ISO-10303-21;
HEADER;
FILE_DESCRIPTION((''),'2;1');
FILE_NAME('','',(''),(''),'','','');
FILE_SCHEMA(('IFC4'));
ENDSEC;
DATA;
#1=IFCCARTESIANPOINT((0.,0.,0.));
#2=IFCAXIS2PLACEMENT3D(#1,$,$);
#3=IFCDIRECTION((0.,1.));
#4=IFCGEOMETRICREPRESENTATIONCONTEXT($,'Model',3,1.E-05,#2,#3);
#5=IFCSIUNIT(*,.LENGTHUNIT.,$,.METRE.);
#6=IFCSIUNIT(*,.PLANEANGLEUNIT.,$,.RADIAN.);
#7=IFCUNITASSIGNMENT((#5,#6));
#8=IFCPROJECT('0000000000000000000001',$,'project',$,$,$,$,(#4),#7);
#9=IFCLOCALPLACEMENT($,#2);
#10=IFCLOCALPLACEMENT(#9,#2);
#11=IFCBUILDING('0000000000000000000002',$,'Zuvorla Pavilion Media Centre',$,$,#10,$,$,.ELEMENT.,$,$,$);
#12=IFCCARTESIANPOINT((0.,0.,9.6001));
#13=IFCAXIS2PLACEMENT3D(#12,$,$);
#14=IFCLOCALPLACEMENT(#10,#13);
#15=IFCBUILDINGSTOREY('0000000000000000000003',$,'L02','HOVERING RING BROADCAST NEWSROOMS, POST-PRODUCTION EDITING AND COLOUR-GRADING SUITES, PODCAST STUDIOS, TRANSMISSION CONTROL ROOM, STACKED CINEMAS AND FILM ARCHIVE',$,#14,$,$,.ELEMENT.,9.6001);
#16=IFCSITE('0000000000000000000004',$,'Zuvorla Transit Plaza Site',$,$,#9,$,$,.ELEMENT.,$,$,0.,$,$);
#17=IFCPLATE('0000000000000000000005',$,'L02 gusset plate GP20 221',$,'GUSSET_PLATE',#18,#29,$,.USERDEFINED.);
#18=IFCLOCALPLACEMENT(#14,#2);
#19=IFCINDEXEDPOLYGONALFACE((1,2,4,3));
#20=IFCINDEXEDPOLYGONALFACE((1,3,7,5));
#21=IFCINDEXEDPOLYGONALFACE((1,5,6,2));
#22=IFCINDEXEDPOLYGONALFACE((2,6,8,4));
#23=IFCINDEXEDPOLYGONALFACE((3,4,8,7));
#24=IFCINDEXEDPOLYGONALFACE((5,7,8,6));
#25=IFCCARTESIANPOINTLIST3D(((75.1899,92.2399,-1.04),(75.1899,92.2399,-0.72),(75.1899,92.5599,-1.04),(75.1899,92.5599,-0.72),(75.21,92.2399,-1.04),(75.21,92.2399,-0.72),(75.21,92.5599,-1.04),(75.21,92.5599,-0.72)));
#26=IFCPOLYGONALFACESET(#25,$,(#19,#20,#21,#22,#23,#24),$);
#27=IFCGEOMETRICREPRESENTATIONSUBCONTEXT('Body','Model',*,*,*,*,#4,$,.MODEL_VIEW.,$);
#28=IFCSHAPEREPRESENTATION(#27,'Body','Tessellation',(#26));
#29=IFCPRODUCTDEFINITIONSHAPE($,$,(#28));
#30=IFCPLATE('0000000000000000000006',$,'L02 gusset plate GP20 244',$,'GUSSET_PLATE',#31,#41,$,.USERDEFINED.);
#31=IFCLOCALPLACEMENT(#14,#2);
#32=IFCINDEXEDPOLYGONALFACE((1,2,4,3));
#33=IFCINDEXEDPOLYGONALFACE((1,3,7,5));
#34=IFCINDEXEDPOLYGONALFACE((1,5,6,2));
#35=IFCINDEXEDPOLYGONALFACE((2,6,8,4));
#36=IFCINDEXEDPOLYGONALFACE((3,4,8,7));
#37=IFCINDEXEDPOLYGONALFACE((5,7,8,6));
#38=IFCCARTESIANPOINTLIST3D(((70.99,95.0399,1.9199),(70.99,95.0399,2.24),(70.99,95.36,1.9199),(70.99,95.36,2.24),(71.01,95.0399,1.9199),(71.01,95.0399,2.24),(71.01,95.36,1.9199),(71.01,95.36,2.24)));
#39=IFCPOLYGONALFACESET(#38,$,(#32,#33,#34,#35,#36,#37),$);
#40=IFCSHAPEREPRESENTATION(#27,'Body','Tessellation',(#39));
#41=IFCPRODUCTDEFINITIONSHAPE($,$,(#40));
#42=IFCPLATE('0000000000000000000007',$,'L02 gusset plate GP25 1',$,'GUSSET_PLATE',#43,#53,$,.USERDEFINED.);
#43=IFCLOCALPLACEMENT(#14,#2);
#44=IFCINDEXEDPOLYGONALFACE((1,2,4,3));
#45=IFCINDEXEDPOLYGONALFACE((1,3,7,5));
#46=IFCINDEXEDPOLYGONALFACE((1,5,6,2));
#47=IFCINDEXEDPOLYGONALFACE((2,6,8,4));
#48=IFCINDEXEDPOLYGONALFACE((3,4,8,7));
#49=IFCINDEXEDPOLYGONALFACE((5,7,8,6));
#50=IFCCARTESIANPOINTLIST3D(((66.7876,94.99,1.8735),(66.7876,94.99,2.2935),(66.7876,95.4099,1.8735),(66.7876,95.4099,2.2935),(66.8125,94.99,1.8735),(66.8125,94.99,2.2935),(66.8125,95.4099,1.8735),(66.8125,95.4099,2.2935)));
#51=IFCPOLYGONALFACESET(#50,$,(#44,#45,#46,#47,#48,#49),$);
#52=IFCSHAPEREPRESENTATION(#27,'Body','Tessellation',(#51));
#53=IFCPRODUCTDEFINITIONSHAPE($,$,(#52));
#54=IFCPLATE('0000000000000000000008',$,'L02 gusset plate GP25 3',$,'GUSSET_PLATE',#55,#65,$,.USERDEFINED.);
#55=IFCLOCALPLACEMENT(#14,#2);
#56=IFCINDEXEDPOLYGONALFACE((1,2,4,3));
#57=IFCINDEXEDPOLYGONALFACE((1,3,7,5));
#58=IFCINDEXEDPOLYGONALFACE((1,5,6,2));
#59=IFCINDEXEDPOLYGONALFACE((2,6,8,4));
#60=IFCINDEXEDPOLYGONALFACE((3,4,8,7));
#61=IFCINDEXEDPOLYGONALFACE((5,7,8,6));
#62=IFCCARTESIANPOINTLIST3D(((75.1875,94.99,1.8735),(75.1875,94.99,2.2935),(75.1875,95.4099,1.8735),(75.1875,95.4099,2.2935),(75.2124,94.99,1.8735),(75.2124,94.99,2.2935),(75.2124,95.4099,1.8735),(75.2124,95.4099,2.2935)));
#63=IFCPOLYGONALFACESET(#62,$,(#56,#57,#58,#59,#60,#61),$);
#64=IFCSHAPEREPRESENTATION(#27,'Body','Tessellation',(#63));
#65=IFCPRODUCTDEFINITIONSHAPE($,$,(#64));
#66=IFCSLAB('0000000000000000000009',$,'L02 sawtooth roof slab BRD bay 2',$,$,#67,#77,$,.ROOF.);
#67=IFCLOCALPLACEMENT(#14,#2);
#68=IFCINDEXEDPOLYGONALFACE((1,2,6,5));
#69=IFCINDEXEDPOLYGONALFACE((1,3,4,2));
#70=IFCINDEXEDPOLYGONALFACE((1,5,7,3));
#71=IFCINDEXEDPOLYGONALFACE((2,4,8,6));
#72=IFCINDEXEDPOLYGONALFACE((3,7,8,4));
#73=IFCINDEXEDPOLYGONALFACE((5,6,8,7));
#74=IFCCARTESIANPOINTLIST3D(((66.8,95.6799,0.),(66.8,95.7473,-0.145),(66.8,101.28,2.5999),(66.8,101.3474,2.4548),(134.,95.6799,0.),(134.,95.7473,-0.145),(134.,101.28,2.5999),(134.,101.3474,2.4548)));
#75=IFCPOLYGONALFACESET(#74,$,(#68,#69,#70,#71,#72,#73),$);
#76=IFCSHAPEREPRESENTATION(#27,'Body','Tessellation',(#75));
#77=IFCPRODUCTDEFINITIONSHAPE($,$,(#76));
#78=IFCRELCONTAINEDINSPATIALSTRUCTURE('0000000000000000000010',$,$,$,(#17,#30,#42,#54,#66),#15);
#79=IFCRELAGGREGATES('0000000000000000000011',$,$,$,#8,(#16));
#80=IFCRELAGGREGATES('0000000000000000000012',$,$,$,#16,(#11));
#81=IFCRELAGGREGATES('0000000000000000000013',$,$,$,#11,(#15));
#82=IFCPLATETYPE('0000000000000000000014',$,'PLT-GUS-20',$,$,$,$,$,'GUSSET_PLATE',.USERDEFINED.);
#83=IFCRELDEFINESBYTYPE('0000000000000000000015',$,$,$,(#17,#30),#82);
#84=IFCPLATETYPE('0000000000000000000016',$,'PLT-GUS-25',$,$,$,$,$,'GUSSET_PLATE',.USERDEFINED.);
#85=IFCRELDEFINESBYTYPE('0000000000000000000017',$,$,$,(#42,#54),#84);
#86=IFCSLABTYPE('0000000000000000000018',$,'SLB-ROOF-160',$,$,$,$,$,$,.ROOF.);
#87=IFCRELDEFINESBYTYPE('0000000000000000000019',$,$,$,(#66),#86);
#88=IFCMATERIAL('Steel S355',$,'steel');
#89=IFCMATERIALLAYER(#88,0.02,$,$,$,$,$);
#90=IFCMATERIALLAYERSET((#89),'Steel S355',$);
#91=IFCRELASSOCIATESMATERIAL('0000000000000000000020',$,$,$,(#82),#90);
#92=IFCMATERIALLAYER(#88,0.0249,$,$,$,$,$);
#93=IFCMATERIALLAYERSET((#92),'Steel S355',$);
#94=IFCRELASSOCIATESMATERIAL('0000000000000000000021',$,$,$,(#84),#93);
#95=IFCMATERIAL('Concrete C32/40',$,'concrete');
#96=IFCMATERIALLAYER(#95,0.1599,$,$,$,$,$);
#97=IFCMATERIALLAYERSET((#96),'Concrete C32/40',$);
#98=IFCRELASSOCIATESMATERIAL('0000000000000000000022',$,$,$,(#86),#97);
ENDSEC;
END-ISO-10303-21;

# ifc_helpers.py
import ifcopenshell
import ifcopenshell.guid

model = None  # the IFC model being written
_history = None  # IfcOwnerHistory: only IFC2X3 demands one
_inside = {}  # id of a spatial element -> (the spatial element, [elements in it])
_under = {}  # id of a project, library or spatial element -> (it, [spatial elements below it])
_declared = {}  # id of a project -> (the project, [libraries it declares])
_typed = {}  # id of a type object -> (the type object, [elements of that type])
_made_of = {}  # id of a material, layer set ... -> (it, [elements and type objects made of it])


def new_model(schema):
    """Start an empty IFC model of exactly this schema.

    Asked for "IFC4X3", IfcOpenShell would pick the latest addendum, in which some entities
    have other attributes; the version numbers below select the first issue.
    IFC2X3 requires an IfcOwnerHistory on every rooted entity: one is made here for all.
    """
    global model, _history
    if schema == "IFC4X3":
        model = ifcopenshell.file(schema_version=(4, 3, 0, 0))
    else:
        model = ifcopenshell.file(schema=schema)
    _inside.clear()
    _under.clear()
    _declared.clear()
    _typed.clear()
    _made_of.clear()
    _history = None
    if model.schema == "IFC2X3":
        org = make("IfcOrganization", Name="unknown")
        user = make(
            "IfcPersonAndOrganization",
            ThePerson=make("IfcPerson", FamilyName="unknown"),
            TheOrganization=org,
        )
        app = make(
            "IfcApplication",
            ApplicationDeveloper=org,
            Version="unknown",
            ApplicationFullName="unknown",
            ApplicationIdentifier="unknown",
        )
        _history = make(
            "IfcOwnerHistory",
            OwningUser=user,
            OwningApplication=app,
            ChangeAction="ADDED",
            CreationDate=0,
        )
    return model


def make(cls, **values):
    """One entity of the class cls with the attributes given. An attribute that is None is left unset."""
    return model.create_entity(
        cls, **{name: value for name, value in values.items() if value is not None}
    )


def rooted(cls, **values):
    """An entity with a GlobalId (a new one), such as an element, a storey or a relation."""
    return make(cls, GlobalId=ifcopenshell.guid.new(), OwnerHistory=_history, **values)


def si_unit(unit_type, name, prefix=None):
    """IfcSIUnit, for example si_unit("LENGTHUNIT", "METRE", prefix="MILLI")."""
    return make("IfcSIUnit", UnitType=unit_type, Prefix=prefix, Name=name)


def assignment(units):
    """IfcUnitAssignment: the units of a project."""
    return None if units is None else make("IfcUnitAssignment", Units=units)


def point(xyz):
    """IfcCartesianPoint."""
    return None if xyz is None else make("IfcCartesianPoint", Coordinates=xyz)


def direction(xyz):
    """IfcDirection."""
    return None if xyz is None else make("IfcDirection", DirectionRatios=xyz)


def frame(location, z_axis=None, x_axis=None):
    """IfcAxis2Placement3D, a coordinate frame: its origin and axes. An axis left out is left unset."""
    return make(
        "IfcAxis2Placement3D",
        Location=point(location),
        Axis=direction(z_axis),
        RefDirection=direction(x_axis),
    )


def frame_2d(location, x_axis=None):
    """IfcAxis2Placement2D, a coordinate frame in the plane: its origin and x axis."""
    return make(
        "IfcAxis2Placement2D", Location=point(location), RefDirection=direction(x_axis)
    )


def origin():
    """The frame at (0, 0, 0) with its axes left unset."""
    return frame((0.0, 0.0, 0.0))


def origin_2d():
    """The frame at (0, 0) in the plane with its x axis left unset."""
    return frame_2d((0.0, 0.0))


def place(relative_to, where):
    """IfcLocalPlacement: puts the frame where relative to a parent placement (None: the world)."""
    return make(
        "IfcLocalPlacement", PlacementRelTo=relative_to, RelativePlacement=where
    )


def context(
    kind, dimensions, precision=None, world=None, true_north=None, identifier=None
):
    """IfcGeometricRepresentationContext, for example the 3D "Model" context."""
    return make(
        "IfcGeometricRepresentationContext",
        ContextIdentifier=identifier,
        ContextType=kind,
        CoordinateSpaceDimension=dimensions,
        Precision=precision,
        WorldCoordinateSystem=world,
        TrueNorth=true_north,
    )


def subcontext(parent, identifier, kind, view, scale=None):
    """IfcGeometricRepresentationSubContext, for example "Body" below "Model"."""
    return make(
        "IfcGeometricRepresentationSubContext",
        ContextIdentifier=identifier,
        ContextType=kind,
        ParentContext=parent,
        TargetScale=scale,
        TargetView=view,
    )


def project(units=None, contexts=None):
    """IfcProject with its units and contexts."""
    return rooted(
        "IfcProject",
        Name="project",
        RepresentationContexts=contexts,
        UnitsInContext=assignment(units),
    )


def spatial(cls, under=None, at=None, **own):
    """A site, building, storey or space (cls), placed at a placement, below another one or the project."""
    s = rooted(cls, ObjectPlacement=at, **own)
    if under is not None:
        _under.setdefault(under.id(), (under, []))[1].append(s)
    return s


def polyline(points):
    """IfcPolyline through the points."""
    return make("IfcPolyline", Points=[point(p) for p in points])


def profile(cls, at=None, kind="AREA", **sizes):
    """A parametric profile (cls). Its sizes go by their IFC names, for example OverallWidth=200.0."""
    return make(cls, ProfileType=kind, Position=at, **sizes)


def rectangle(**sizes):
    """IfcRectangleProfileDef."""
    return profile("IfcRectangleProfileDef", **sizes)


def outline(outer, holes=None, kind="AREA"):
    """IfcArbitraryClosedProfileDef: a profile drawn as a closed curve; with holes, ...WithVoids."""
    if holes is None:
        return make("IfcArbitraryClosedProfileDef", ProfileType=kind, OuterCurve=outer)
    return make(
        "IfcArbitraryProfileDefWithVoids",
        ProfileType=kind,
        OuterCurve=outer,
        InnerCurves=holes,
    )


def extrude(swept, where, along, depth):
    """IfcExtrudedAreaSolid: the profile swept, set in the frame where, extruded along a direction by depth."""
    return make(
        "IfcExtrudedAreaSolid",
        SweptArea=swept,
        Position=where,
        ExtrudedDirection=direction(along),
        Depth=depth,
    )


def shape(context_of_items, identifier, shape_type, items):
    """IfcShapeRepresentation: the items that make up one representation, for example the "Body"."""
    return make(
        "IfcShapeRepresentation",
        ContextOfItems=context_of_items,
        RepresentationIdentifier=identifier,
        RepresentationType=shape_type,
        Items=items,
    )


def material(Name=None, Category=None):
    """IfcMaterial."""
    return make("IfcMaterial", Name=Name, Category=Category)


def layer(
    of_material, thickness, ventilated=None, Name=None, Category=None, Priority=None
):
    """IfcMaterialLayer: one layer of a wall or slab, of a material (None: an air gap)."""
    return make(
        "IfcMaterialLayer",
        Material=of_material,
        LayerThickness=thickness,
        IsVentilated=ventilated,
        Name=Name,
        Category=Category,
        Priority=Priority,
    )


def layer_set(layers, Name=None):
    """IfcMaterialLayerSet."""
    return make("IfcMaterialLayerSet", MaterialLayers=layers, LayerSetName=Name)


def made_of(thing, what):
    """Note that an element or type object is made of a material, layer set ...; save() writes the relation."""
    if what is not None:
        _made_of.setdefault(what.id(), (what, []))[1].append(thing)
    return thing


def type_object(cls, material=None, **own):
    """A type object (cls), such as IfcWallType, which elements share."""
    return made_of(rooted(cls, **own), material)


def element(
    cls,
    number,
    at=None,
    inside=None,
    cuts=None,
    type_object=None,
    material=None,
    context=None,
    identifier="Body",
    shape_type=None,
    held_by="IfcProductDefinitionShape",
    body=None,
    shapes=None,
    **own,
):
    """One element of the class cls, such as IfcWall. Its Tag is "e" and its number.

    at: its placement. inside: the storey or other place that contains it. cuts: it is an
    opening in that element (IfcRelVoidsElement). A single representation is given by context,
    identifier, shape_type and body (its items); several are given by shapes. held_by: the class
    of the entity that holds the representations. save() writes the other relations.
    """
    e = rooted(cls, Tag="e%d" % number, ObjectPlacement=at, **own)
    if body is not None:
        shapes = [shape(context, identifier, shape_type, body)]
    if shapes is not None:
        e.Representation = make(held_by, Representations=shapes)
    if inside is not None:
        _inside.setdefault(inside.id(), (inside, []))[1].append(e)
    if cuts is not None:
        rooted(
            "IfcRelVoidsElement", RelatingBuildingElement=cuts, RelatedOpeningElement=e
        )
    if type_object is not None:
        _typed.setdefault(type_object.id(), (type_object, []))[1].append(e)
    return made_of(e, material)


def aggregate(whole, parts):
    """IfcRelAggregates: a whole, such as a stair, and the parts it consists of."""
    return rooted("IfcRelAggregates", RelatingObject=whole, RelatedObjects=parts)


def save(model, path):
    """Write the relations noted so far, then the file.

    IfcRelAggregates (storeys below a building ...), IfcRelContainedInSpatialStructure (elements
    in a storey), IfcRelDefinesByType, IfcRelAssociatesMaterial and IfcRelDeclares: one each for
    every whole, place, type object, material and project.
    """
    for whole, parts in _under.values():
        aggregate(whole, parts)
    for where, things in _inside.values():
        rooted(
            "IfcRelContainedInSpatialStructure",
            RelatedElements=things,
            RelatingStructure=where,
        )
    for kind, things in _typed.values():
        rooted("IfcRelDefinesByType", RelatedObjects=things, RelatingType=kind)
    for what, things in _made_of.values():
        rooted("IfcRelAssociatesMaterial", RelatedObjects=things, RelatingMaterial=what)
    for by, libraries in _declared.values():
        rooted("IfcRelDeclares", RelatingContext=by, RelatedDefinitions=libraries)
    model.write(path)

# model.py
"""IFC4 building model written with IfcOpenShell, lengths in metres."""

from ifc_helpers import new_model, si_unit, direction, frame, origin, origin_2d, place, context, subcontext, project, spatial, polyline, rectangle, outline, extrude, material, layer, layer_set, type_object, element, save


model = new_model("IFC4")

# Units and contexts
model_context = context("Model", 3, precision=1e-05, world=origin(), true_north=direction((0.0, 1.0)))
body_context = subcontext(model_context, "Body", "Model", "MODEL_VIEW")
ifc_project = project(units=[si_unit("LENGTHUNIT", "METRE"), si_unit("PLANEANGLEUNIT", "RADIAN")], contexts=[model_context])

# Site, building, storey
site_placement = place(None, origin())
site = spatial("IfcSite", under=ifc_project, at=site_placement, Name="Zuvorla Transit Plaza Site", CompositionType="ELEMENT", RefElevation=0.0)
building_placement = place(site_placement, origin())
building = spatial("IfcBuilding", under=site, at=building_placement, Name="Zuvorla Pavilion Media Centre", CompositionType="ELEMENT")
storey_placement = place(building_placement, frame((0.0, 0.0, 9.6001)))
storey = spatial("IfcBuildingStorey", under=building, at=storey_placement, Name="L02", Description="HOVERING RING BROADCAST NEWSROOMS, POST-PRODUCTION EDITING AND COLOUR-GRADING SUITES, PODCAST STUDIOS, TRANSMISSION CONTROL ROOM, STACKED CINEMAS AND FILM ARCHIVE", CompositionType="ELEMENT", Elevation=9.6001)

# Shared definitions
ifc_material_1 = material(Name="Steel S355", Category="steel")

# Plates
ifc_layer_1 = layer(ifc_material_1, 0.02)
ifc_layer_set_1 = layer_set([ifc_layer_1], Name="Steel S355")
plate_type_1 = type_object("IfcPlateType", Name="PLT-GUS-20", ElementType="GUSSET_PLATE", PredefinedType="USERDEFINED", material=ifc_layer_set_1)
for number, where, z_axis, x_axis, name in (
    (1, (75.2, 92.3999, -1.04), (0.0, 0.0, 1.0), (1.0, 0.0, 0.0), "L02 gusset plate GP20 221"),
    (2, (71.0, 95.2, 1.9199), (0.0, 0.0, 1.0), (1.0, 0.0, 0.0), "L02 gusset plate GP20 244"),
):
    element("IfcPlate", number, at=place(storey_placement, frame(where, z_axis=z_axis, x_axis=x_axis)), inside=storey, type_object=plate_type_1, Name=name, ObjectType="GUSSET_PLATE", PredefinedType="USERDEFINED", context=body_context, shape_type="SweptSolid", body=[
        extrude(rectangle(XDim=0.02, YDim=0.3201, at=origin_2d()), origin(), (0.0, 0.0, 1.0), 0.3201),
    ])
ifc_layer_2 = layer(ifc_material_1, 0.0249)
ifc_layer_set_2 = layer_set([ifc_layer_2], Name="Steel S355")
plate_type_2 = type_object("IfcPlateType", Name="PLT-GUS-25", ElementType="GUSSET_PLATE", PredefinedType="USERDEFINED", material=ifc_layer_set_2)
for number, where, z_axis, x_axis, name in (
    (3, (66.8, 95.2, 1.8735), (0.0, 0.0, 1.0), (1.0, 0.0, 0.0), "L02 gusset plate GP25 1"),
    (4, (75.2, 95.2, 1.8735), (0.0, 0.0, 1.0), (1.0, 0.0, 0.0), "L02 gusset plate GP25 3"),
):
    element("IfcPlate", number, at=place(storey_placement, frame(where, z_axis=z_axis, x_axis=x_axis)), inside=storey, type_object=plate_type_2, Name=name, ObjectType="GUSSET_PLATE", PredefinedType="USERDEFINED", context=body_context, shape_type="SweptSolid", body=[
        extrude(rectangle(XDim=0.0249, YDim=0.4199, at=origin_2d()), origin(), (0.0, 0.0, 1.0), 0.4199),
    ])

# Slab
ifc_material_2 = material(Name="Concrete C32/40", Category="concrete")
ifc_layer_3 = layer(ifc_material_2, 0.1599)
ifc_layer_set_3 = layer_set([ifc_layer_3], Name="Concrete C32/40")
slab_type = type_object("IfcSlabType", Name="SLB-ROOF-160", PredefinedType="ROOF", material=ifc_layer_set_3)
slab_placement = place(storey_placement, frame((66.8, 95.6799, 0.0), z_axis=(0.0, -0.421086, 0.907021), x_axis=(1.0, 0.0, 0.0)))
element("IfcSlab", 5, at=slab_placement, inside=storey, type_object=slab_type, Name="L02 sawtooth roof slab BRD bay 2", PredefinedType="ROOF", context=body_context, shape_type="SweptSolid", body=[
    extrude(outline(polyline([(0.0, 0.0), (67.2, 0.0), (67.2, 6.1742), (0.0, 6.1742), (0.0, 0.0)])), origin(), (0.0, 0.0, -1.0), 0.1599),
])

save(model, "model.ifc")
